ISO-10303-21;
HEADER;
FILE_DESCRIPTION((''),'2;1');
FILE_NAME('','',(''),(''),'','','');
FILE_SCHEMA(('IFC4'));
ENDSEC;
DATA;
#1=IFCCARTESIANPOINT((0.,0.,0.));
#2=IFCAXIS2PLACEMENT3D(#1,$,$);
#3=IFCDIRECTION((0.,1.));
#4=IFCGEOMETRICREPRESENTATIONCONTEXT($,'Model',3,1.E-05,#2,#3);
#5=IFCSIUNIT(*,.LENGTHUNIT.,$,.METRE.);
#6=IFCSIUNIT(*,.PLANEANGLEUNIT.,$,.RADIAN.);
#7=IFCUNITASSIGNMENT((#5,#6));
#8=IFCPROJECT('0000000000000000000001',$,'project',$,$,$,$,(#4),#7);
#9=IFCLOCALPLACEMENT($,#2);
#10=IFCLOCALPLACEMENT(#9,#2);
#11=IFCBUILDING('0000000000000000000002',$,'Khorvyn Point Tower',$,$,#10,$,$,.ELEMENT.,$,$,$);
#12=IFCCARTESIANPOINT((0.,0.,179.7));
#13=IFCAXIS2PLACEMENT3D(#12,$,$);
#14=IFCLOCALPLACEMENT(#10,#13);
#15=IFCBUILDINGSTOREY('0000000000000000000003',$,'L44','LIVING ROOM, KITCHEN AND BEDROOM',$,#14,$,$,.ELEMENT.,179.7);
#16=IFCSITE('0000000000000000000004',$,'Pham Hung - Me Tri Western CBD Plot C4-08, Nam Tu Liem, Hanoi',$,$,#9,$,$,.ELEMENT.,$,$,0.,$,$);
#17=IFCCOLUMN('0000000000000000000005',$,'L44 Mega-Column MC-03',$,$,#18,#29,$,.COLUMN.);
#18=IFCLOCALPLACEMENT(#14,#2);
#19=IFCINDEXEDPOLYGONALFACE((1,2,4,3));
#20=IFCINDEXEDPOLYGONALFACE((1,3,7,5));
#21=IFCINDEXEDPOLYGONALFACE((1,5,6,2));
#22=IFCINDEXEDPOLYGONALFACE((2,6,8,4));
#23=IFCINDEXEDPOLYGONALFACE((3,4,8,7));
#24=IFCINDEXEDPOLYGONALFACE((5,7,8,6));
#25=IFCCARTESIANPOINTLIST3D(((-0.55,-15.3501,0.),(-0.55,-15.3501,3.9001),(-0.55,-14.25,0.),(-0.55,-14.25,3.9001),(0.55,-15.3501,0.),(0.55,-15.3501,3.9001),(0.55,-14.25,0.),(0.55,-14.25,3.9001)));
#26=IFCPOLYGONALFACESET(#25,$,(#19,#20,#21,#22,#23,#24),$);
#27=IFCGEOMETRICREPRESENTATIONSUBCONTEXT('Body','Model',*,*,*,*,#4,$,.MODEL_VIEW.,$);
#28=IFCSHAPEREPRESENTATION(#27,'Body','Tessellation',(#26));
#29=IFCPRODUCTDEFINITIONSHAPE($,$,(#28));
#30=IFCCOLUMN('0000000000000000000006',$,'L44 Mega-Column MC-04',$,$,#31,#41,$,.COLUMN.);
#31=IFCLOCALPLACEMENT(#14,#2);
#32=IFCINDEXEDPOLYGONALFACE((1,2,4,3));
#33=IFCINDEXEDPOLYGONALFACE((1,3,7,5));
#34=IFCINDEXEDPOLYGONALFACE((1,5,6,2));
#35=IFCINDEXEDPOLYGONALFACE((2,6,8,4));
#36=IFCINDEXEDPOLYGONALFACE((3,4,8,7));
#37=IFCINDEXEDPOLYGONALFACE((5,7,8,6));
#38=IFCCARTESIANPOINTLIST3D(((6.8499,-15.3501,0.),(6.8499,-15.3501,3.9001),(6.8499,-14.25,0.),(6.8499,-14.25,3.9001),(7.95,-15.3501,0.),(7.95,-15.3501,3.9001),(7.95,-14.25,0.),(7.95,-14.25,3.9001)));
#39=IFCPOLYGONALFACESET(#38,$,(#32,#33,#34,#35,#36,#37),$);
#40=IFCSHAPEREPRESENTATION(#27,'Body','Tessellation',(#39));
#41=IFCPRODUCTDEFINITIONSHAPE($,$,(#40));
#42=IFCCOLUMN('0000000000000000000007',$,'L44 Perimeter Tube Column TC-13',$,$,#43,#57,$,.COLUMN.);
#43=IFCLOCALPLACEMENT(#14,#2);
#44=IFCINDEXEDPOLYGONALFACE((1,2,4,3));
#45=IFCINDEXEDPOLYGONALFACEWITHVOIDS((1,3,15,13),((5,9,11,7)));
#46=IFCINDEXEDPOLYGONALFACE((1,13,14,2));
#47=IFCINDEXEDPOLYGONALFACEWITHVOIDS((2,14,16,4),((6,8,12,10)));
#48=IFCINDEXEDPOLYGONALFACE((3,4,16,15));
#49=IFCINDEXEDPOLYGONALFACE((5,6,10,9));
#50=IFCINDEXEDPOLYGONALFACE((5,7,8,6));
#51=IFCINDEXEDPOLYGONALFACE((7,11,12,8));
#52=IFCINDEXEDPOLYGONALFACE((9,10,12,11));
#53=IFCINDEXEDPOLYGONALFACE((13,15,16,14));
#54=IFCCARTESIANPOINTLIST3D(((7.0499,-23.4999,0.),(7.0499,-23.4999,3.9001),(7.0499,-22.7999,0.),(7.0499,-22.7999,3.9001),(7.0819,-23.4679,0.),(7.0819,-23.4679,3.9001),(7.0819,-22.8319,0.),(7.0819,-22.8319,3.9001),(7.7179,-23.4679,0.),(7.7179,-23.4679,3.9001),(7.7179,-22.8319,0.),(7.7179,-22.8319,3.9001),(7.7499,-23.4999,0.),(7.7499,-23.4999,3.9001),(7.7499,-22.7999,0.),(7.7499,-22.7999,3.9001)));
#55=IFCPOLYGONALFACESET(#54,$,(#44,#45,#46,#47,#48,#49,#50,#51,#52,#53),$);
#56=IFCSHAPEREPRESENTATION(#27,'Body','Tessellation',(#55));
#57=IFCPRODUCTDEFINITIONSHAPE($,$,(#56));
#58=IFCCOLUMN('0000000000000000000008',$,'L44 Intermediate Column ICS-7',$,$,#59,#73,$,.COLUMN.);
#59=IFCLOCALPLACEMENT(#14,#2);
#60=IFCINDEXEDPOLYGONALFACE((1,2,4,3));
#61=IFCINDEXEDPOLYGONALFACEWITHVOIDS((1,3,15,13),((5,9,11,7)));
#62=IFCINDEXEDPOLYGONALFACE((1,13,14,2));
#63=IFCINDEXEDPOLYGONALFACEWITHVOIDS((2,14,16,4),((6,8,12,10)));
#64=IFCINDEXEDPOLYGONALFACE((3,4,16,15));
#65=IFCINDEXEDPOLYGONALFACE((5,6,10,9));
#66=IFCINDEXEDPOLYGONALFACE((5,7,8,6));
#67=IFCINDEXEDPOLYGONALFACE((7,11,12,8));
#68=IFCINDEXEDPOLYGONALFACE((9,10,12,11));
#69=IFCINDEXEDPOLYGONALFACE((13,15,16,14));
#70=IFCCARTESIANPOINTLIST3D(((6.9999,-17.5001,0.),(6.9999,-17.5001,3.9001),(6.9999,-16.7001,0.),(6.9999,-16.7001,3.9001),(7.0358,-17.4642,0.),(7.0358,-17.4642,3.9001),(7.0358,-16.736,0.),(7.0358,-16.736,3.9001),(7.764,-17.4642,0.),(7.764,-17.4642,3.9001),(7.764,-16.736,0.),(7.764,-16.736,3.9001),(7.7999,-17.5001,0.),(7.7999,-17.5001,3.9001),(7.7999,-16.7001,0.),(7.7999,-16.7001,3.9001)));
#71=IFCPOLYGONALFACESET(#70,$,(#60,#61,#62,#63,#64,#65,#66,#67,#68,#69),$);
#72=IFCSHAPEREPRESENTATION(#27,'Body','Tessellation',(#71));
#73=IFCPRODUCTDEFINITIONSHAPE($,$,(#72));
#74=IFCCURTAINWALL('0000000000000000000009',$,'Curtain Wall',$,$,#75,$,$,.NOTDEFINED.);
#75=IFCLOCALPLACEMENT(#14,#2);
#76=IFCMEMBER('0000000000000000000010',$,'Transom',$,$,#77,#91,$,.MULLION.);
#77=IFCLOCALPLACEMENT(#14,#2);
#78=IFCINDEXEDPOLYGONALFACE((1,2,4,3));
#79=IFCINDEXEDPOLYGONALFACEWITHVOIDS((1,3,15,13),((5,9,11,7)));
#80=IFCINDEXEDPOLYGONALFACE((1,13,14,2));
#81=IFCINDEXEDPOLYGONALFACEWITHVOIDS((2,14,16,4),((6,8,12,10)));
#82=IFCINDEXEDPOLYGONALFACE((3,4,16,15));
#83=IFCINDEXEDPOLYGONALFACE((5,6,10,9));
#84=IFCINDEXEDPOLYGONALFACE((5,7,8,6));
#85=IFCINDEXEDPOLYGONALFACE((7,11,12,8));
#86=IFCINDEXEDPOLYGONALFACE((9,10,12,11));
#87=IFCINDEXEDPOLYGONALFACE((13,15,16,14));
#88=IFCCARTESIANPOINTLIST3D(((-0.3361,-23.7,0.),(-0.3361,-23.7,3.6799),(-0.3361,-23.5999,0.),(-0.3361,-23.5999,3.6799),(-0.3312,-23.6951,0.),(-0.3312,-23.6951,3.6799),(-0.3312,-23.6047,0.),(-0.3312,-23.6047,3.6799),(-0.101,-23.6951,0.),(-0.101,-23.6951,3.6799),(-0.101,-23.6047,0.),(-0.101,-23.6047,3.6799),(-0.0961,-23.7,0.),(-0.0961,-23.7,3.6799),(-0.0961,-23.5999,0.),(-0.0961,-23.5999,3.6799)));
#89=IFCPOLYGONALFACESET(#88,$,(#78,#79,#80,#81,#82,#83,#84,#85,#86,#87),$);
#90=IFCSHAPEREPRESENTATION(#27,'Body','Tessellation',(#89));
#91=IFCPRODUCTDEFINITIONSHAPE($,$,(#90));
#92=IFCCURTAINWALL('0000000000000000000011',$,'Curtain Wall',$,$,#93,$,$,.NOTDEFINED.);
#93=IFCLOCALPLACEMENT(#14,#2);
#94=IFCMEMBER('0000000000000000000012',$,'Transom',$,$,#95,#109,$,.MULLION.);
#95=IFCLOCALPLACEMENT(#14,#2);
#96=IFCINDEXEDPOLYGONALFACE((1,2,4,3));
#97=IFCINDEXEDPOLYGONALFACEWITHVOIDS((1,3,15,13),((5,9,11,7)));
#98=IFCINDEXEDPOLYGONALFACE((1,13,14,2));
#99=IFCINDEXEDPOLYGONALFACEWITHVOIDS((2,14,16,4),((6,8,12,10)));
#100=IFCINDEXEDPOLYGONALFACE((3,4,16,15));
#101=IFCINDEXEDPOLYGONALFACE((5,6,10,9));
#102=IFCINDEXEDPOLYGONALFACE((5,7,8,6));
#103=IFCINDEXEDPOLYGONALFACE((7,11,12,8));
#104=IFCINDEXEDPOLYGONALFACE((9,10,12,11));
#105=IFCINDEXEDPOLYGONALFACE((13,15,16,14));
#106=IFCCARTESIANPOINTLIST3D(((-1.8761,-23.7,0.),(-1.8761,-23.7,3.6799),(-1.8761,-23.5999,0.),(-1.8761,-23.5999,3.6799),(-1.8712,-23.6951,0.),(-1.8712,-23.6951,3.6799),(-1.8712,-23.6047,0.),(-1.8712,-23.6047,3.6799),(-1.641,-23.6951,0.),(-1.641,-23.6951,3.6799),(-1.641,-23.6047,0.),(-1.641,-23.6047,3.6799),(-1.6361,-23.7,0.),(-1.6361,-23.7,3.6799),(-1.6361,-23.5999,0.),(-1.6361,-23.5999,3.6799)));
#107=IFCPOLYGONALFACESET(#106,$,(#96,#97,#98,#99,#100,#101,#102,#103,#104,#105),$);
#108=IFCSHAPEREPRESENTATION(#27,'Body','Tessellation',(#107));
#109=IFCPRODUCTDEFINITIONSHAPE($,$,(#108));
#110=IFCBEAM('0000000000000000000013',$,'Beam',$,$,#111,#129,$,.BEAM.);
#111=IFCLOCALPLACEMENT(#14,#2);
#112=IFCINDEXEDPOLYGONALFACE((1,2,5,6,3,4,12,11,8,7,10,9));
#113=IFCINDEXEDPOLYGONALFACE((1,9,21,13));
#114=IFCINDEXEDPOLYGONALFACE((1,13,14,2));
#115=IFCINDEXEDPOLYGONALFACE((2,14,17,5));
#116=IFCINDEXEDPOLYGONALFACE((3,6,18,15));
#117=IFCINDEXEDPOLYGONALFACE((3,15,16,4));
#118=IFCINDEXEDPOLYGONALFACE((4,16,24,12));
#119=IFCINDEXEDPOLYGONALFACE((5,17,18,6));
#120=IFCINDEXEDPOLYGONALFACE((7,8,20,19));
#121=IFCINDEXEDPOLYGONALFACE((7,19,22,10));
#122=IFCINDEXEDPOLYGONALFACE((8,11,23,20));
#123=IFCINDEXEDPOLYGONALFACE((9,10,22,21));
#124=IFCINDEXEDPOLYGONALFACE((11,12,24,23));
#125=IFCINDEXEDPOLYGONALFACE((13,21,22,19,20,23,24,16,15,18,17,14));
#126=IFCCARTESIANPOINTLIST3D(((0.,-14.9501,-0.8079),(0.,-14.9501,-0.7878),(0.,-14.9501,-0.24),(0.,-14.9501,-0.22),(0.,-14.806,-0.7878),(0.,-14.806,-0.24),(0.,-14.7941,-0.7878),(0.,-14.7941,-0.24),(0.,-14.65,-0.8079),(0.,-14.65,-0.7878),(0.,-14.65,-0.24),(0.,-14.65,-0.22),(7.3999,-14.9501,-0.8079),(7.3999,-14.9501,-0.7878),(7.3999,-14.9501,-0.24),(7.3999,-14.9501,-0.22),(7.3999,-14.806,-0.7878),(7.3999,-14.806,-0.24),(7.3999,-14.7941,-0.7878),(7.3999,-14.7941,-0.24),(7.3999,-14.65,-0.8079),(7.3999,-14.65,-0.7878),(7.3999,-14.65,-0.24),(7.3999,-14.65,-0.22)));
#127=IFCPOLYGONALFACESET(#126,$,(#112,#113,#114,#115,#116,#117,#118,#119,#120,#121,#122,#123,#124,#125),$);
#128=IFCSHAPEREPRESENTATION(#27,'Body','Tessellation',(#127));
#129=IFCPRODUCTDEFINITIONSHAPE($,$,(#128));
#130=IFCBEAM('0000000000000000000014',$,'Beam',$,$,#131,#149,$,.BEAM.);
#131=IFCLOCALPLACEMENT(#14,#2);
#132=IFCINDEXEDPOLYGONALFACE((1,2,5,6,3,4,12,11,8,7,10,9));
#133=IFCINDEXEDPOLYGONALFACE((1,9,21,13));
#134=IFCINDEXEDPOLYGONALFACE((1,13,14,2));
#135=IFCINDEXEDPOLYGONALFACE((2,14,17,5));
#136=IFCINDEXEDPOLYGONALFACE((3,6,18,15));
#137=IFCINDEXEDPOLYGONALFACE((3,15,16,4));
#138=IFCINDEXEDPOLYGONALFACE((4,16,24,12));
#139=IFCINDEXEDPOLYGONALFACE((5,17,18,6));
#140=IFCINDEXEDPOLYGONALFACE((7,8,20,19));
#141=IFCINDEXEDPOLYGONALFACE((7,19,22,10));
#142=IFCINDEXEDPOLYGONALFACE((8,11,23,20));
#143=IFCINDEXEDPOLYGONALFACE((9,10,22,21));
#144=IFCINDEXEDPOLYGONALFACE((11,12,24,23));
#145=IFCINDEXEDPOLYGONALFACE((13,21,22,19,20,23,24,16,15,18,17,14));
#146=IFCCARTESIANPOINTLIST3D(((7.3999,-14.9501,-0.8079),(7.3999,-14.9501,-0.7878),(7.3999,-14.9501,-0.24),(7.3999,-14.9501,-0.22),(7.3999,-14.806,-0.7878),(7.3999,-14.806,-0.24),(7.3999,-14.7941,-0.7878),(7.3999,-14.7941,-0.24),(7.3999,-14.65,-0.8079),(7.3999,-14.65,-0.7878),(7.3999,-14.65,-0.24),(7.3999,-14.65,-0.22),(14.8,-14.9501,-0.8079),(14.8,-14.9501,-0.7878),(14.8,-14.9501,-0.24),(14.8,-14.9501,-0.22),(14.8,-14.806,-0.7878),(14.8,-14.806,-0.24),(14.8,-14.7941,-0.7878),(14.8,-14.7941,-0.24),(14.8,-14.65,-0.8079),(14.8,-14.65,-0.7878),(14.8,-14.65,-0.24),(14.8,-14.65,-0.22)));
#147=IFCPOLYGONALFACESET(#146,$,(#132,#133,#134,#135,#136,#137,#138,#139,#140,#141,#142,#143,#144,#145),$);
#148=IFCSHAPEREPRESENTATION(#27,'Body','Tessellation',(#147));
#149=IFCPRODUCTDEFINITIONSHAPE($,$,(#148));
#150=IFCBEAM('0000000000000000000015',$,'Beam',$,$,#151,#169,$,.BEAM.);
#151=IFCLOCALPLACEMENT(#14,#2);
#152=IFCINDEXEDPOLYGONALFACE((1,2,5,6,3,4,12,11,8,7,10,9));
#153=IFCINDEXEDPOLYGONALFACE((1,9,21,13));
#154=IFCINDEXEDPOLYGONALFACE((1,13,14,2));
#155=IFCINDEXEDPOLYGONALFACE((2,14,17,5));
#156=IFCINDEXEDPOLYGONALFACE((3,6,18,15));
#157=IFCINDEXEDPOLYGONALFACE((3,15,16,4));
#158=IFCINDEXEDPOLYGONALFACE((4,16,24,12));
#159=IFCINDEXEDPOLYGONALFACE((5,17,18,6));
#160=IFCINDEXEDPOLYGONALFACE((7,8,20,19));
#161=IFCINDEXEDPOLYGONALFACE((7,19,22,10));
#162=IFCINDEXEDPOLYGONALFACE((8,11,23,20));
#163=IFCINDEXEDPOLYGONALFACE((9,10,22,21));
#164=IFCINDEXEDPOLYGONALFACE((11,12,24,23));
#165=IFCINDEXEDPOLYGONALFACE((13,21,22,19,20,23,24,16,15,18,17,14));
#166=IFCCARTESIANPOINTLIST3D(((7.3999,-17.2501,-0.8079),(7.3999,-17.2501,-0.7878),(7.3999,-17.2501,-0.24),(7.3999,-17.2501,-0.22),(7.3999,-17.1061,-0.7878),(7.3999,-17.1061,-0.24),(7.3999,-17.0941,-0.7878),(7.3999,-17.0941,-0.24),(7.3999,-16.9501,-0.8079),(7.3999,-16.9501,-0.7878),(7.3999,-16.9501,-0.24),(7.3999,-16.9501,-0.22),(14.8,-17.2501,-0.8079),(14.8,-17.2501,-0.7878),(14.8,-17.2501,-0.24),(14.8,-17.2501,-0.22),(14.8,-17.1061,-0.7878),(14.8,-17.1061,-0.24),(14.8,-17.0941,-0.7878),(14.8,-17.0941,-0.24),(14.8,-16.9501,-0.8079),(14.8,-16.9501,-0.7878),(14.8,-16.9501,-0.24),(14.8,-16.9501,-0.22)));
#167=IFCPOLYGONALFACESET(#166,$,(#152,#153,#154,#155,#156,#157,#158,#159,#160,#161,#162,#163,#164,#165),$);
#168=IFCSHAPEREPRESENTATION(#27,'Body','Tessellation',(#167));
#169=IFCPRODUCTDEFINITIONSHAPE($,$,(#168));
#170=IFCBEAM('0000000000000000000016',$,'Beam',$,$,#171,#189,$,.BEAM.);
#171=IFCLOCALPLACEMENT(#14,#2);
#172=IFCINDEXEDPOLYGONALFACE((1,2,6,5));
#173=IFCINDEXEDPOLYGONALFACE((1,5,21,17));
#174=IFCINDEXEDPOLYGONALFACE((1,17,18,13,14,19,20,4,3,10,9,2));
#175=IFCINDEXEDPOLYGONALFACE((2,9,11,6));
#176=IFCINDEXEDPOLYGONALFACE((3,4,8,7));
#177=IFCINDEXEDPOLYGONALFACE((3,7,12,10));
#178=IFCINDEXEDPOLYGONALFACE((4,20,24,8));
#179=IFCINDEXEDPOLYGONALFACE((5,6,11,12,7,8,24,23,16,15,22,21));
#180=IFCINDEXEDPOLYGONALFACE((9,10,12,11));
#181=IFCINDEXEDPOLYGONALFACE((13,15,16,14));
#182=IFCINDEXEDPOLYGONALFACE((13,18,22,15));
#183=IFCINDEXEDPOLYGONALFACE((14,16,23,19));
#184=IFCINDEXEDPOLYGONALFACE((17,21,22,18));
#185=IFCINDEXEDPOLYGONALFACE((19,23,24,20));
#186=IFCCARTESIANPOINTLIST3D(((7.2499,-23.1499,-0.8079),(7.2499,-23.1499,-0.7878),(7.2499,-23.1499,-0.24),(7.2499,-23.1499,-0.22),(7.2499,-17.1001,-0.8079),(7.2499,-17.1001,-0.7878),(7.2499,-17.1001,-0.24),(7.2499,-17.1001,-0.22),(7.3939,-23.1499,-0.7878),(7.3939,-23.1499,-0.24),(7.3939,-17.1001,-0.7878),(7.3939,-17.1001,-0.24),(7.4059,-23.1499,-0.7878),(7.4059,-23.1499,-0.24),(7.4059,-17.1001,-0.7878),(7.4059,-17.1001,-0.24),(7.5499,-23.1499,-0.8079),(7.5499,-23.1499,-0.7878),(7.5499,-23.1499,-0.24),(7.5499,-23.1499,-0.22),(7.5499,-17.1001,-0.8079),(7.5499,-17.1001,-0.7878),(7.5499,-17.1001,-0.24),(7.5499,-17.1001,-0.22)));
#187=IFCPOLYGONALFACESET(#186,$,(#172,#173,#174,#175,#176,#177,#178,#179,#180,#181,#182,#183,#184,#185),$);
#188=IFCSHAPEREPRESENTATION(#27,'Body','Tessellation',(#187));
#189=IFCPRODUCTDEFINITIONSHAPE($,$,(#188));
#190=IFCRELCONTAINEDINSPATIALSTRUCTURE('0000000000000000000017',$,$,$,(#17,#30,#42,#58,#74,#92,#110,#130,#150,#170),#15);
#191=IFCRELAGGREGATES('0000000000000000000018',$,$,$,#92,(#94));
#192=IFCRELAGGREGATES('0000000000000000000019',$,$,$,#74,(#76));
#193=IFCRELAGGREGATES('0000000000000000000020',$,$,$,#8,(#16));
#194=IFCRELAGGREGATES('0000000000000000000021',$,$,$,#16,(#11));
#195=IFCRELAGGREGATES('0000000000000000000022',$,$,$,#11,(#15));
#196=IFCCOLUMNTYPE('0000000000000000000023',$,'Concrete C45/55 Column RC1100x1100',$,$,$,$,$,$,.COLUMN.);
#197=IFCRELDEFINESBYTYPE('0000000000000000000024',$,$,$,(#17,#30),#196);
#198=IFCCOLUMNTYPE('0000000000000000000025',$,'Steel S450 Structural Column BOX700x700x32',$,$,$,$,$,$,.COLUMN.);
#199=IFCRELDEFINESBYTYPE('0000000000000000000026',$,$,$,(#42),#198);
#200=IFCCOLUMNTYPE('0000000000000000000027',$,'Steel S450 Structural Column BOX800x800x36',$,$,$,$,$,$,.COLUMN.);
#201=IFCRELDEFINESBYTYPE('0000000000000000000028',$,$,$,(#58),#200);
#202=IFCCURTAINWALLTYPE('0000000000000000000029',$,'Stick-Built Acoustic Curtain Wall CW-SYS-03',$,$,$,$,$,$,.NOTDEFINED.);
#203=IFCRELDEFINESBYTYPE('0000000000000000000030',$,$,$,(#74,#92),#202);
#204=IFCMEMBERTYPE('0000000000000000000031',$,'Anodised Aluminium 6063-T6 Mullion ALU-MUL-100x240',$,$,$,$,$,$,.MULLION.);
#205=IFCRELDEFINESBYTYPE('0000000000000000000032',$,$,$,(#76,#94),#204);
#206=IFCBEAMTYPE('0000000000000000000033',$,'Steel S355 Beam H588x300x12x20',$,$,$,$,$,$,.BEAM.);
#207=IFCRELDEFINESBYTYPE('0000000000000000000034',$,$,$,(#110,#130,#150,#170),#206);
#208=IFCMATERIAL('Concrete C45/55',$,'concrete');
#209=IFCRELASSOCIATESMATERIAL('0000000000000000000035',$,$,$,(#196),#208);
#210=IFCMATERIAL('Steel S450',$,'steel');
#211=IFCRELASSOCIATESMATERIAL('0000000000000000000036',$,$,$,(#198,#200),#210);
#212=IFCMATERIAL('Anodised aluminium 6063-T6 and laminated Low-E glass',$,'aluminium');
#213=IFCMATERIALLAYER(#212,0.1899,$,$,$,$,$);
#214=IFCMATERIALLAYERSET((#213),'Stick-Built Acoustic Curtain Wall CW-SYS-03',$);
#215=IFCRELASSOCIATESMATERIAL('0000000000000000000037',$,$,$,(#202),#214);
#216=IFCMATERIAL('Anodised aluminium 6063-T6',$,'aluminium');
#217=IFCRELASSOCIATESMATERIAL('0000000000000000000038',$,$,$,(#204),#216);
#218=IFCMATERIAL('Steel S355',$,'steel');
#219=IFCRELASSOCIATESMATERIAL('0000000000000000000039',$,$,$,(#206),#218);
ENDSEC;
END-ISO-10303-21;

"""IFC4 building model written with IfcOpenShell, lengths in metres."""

from ifc_helpers import new_model, si_unit, direction, frame, origin, origin_2d, place, context, subcontext, project, spatial, rectangle, hollow_rectangle, i_section, extrude, material, layer, layer_set, material_profile, profile_set, type_object, element, aggregate, save


model = new_model("IFC4")

# Units and contexts
model_context = context("Model", 3, precision=1e-05, world=origin(), true_north=direction((0.0, 1.0)))
body_context = subcontext(model_context, "Body", "Model", "MODEL_VIEW")
ifc_project = project(units=[si_unit("LENGTHUNIT", "METRE"), si_unit("PLANEANGLEUNIT", "RADIAN")], contexts=[model_context])

# Site, building, storey
site_placement = place(None, origin())
site = spatial("IfcSite", under=ifc_project, at=site_placement, Name="Pham Hung - Me Tri Western CBD Plot C4-08, Nam Tu Liem, Hanoi", CompositionType="ELEMENT", RefElevation=0.0)
building_placement = place(site_placement, origin())
building = spatial("IfcBuilding", under=site, at=building_placement, Name="Khorvyn Point Tower", CompositionType="ELEMENT")
storey_placement = place(building_placement, frame((0.0, 0.0, 179.7)))
storey = spatial("IfcBuildingStorey", under=building, at=storey_placement, Name="L44", Description="LIVING ROOM, KITCHEN AND BEDROOM", CompositionType="ELEMENT", Elevation=179.7)

# Columns
ifc_material_1 = material(Name="Concrete C45/55", Category="concrete")
ifc_material_profile_1 = material_profile(ifc_material_1, rectangle(XDim=1.1001, YDim=1.1001, at=origin_2d()))
ifc_profile_set_1 = profile_set([ifc_material_profile_1], Name="Concrete C45/55 RC1100x1100")
column_type_1 = type_object("IfcColumnType", Name="Concrete C45/55 Column RC1100x1100", PredefinedType="COLUMN", material=ifc_profile_set_1)
for number, where, z_axis, x_axis, name in (
    (1, (0.0, -14.8, 0.0), (0.0, 0.0, 1.0), (1.0, 0.0, 0.0), "L44 Mega-Column MC-03"),
    (2, (7.3999, -14.8, 0.0), (0.0, 0.0, 1.0), (1.0, 0.0, 0.0), "L44 Mega-Column MC-04"),
):
    element("IfcColumn", number, at=place(storey_placement, frame(where, z_axis=z_axis, x_axis=x_axis)), inside=storey, type_object=column_type_1, Name=name, PredefinedType="COLUMN", context=body_context, shape_type="SweptSolid", body=[
        extrude(rectangle(XDim=1.1001, YDim=1.1001, at=origin_2d()), origin(), (0.0, 0.0, 1.0), 3.9001),
    ])
ifc_material_2 = material(Name="Steel S450", Category="steel")
ifc_material_profile_2 = material_profile(ifc_material_2, hollow_rectangle(XDim=0.7, YDim=0.7, WallThickness=0.032, at=origin_2d()))
ifc_profile_set_2 = profile_set([ifc_material_profile_2], Name="Steel S450 BOX700x700x32")
column_type_2 = type_object("IfcColumnType", Name="Steel S450 Structural Column BOX700x700x32", PredefinedType="COLUMN", material=ifc_profile_set_2)
column_1_placement = place(storey_placement, frame((7.3999, -23.1499, 0.0), z_axis=(0.0, 0.0, 1.0), x_axis=(1.0, 0.0, 0.0)))
element("IfcColumn", 3, at=column_1_placement, inside=storey, type_object=column_type_2, Name="L44 Perimeter Tube Column TC-13", PredefinedType="COLUMN", context=body_context, shape_type="SweptSolid", body=[
    extrude(hollow_rectangle(XDim=0.7, YDim=0.7, WallThickness=0.032, at=origin_2d()), origin(), (0.0, 0.0, 1.0), 3.9001),
])
ifc_material_profile_3 = material_profile(ifc_material_2, hollow_rectangle(XDim=0.8, YDim=0.8, WallThickness=0.0359, at=origin_2d()))
ifc_profile_set_3 = profile_set([ifc_material_profile_3], Name="Steel S450 BOX800x800x36")
column_type_3 = type_object("IfcColumnType", Name="Steel S450 Structural Column BOX800x800x36", PredefinedType="COLUMN", material=ifc_profile_set_3)
column_2_placement = place(storey_placement, frame((7.3999, -17.1001, 0.0), z_axis=(0.0, 0.0, 1.0), x_axis=(1.0, 0.0, 0.0)))
element("IfcColumn", 4, at=column_2_placement, inside=storey, type_object=column_type_3, Name="L44 Intermediate Column ICS-7", PredefinedType="COLUMN", context=body_context, shape_type="SweptSolid", body=[
    extrude(hollow_rectangle(XDim=0.8, YDim=0.8, WallThickness=0.0359, at=origin_2d()), origin(), (0.0, 0.0, 1.0), 3.9001),
])

# Curtain walls, members
ifc_material_3 = material(Name="Anodised aluminium 6063-T6 and laminated Low-E glass", Category="aluminium")
ifc_layer_1 = layer(ifc_material_3, 0.1899)
ifc_layer_set_1 = layer_set([ifc_layer_1], Name="Stick-Built Acoustic Curtain Wall CW-SYS-03")
curtain_wall_type = type_object("IfcCurtainWallType", Name="Stick-Built Acoustic Curtain Wall CW-SYS-03", PredefinedType="NOTDEFINED", material=ifc_layer_set_1)
curtain_wall_1_placement = place(storey_placement, origin())
curtain_wall_1 = element("IfcCurtainWall", 5, at=curtain_wall_1_placement, inside=storey, type_object=curtain_wall_type, Name="Curtain Wall", PredefinedType="NOTDEFINED")
ifc_material_4 = material(Name="Anodised aluminium 6063-T6", Category="aluminium")
ifc_material_profile_4 = material_profile(ifc_material_4, hollow_rectangle(XDim=0.1001, YDim=0.24, WallThickness=0.0049, at=origin_2d()))
ifc_profile_set_4 = profile_set([ifc_material_profile_4], Name="Anodised aluminium 6063-T6 ALU-MUL-100x240")
member_type = type_object("IfcMemberType", Name="Anodised Aluminium 6063-T6 Mullion ALU-MUL-100x240", PredefinedType="MULLION", material=ifc_profile_set_4)
member_1_placement = place(storey_placement, frame((-0.2161, -23.6499, 0.0), z_axis=(0.0, 0.0, 1.0), x_axis=(0.0, -1.0, 0.0)))
member_1 = element("IfcMember", 6, at=member_1_placement, type_object=member_type, Name="Transom", PredefinedType="MULLION", context=body_context, shape_type="SweptSolid", body=[
    extrude(hollow_rectangle(XDim=0.1001, YDim=0.24, WallThickness=0.0049, at=origin_2d()), origin(), (0.0, 0.0, 1.0), 3.6799),
])
curtain_wall_2_placement = place(storey_placement, origin())
curtain_wall_2 = element("IfcCurtainWall", 7, at=curtain_wall_2_placement, inside=storey, type_object=curtain_wall_type, Name="Curtain Wall", PredefinedType="NOTDEFINED")
member_2_placement = place(storey_placement, frame((-1.7561, -23.6499, 0.0), z_axis=(0.0, 0.0, 1.0), x_axis=(0.0, -1.0, 0.0)))
member_2 = element("IfcMember", 8, at=member_2_placement, type_object=member_type, Name="Transom", PredefinedType="MULLION", context=body_context, shape_type="SweptSolid", body=[
    extrude(hollow_rectangle(XDim=0.1001, YDim=0.24, WallThickness=0.0049, at=origin_2d()), origin(), (0.0, 0.0, 1.0), 3.6799),
])
aggregate(curtain_wall_2, [member_2])

# Beams
ifc_material_5 = material(Name="Steel S355", Category="steel")
ifc_material_profile_5 = material_profile(ifc_material_5, i_section(OverallWidth=0.3, OverallDepth=0.5879, WebThickness=0.012, FlangeThickness=0.02, at=origin_2d()))
ifc_profile_set_5 = profile_set([ifc_material_profile_5], Name="Steel S355 H588x300x12x20")
beam_type_1 = type_object("IfcBeamType", Name="Steel S355 Beam H588x300x12x20", PredefinedType="BEAM", material=ifc_profile_set_5)
beam_1_placement = place(storey_placement, frame((0.0, -14.8, -0.5139), z_axis=(1.0, 0.0, 0.0), x_axis=(0.0, 1.0, 0.0)))
element("IfcBeam", 9, at=beam_1_placement, inside=storey, type_object=beam_type_1, Name="Beam", PredefinedType="BEAM", context=body_context, shape_type="SweptSolid", body=[
    extrude(i_section(OverallWidth=0.3, OverallDepth=0.5879, WebThickness=0.012, FlangeThickness=0.02, at=origin_2d()), origin(), (0.0, 0.0, 1.0), 7.3999),
])
for number, where, z_axis, x_axis, name in (
    (10, (7.3999, -14.8, -0.5139), (1.0, 0.0, 0.0), (0.0, 1.0, 0.0), "Beam"),
    (11, (7.3999, -17.1001, -0.5139), (1.0, 0.0, 0.0), (0.0, 1.0, 0.0), "Beam"),
):
    element("IfcBeam", number, at=place(storey_placement, frame(where, z_axis=z_axis, x_axis=x_axis)), inside=storey, type_object=beam_type_1, Name=name, PredefinedType="BEAM", context=body_context, shape_type="SweptSolid", body=[
        extrude(i_section(OverallWidth=0.3, OverallDepth=0.5879, WebThickness=0.012, FlangeThickness=0.02, at=origin_2d()), origin(), (0.0, 0.0, 1.0), 7.4001),
    ])
beam_2_placement = place(storey_placement, frame((7.3999, -23.1499, -0.5139), z_axis=(0.0, 1.0, 0.0), x_axis=(-1.0, 0.0, 0.0)))
element("IfcBeam", 12, at=beam_2_placement, inside=storey, type_object=beam_type_1, Name="Beam", PredefinedType="BEAM", context=body_context, shape_type="SweptSolid", body=[
    extrude(i_section(OverallWidth=0.3, OverallDepth=0.5879, WebThickness=0.012, FlangeThickness=0.02, at=origin_2d()), origin(), (0.0, 0.0, 1.0), 6.0498),
])

aggregate(curtain_wall_1, [member_1])

save(model, "model.ifc")
